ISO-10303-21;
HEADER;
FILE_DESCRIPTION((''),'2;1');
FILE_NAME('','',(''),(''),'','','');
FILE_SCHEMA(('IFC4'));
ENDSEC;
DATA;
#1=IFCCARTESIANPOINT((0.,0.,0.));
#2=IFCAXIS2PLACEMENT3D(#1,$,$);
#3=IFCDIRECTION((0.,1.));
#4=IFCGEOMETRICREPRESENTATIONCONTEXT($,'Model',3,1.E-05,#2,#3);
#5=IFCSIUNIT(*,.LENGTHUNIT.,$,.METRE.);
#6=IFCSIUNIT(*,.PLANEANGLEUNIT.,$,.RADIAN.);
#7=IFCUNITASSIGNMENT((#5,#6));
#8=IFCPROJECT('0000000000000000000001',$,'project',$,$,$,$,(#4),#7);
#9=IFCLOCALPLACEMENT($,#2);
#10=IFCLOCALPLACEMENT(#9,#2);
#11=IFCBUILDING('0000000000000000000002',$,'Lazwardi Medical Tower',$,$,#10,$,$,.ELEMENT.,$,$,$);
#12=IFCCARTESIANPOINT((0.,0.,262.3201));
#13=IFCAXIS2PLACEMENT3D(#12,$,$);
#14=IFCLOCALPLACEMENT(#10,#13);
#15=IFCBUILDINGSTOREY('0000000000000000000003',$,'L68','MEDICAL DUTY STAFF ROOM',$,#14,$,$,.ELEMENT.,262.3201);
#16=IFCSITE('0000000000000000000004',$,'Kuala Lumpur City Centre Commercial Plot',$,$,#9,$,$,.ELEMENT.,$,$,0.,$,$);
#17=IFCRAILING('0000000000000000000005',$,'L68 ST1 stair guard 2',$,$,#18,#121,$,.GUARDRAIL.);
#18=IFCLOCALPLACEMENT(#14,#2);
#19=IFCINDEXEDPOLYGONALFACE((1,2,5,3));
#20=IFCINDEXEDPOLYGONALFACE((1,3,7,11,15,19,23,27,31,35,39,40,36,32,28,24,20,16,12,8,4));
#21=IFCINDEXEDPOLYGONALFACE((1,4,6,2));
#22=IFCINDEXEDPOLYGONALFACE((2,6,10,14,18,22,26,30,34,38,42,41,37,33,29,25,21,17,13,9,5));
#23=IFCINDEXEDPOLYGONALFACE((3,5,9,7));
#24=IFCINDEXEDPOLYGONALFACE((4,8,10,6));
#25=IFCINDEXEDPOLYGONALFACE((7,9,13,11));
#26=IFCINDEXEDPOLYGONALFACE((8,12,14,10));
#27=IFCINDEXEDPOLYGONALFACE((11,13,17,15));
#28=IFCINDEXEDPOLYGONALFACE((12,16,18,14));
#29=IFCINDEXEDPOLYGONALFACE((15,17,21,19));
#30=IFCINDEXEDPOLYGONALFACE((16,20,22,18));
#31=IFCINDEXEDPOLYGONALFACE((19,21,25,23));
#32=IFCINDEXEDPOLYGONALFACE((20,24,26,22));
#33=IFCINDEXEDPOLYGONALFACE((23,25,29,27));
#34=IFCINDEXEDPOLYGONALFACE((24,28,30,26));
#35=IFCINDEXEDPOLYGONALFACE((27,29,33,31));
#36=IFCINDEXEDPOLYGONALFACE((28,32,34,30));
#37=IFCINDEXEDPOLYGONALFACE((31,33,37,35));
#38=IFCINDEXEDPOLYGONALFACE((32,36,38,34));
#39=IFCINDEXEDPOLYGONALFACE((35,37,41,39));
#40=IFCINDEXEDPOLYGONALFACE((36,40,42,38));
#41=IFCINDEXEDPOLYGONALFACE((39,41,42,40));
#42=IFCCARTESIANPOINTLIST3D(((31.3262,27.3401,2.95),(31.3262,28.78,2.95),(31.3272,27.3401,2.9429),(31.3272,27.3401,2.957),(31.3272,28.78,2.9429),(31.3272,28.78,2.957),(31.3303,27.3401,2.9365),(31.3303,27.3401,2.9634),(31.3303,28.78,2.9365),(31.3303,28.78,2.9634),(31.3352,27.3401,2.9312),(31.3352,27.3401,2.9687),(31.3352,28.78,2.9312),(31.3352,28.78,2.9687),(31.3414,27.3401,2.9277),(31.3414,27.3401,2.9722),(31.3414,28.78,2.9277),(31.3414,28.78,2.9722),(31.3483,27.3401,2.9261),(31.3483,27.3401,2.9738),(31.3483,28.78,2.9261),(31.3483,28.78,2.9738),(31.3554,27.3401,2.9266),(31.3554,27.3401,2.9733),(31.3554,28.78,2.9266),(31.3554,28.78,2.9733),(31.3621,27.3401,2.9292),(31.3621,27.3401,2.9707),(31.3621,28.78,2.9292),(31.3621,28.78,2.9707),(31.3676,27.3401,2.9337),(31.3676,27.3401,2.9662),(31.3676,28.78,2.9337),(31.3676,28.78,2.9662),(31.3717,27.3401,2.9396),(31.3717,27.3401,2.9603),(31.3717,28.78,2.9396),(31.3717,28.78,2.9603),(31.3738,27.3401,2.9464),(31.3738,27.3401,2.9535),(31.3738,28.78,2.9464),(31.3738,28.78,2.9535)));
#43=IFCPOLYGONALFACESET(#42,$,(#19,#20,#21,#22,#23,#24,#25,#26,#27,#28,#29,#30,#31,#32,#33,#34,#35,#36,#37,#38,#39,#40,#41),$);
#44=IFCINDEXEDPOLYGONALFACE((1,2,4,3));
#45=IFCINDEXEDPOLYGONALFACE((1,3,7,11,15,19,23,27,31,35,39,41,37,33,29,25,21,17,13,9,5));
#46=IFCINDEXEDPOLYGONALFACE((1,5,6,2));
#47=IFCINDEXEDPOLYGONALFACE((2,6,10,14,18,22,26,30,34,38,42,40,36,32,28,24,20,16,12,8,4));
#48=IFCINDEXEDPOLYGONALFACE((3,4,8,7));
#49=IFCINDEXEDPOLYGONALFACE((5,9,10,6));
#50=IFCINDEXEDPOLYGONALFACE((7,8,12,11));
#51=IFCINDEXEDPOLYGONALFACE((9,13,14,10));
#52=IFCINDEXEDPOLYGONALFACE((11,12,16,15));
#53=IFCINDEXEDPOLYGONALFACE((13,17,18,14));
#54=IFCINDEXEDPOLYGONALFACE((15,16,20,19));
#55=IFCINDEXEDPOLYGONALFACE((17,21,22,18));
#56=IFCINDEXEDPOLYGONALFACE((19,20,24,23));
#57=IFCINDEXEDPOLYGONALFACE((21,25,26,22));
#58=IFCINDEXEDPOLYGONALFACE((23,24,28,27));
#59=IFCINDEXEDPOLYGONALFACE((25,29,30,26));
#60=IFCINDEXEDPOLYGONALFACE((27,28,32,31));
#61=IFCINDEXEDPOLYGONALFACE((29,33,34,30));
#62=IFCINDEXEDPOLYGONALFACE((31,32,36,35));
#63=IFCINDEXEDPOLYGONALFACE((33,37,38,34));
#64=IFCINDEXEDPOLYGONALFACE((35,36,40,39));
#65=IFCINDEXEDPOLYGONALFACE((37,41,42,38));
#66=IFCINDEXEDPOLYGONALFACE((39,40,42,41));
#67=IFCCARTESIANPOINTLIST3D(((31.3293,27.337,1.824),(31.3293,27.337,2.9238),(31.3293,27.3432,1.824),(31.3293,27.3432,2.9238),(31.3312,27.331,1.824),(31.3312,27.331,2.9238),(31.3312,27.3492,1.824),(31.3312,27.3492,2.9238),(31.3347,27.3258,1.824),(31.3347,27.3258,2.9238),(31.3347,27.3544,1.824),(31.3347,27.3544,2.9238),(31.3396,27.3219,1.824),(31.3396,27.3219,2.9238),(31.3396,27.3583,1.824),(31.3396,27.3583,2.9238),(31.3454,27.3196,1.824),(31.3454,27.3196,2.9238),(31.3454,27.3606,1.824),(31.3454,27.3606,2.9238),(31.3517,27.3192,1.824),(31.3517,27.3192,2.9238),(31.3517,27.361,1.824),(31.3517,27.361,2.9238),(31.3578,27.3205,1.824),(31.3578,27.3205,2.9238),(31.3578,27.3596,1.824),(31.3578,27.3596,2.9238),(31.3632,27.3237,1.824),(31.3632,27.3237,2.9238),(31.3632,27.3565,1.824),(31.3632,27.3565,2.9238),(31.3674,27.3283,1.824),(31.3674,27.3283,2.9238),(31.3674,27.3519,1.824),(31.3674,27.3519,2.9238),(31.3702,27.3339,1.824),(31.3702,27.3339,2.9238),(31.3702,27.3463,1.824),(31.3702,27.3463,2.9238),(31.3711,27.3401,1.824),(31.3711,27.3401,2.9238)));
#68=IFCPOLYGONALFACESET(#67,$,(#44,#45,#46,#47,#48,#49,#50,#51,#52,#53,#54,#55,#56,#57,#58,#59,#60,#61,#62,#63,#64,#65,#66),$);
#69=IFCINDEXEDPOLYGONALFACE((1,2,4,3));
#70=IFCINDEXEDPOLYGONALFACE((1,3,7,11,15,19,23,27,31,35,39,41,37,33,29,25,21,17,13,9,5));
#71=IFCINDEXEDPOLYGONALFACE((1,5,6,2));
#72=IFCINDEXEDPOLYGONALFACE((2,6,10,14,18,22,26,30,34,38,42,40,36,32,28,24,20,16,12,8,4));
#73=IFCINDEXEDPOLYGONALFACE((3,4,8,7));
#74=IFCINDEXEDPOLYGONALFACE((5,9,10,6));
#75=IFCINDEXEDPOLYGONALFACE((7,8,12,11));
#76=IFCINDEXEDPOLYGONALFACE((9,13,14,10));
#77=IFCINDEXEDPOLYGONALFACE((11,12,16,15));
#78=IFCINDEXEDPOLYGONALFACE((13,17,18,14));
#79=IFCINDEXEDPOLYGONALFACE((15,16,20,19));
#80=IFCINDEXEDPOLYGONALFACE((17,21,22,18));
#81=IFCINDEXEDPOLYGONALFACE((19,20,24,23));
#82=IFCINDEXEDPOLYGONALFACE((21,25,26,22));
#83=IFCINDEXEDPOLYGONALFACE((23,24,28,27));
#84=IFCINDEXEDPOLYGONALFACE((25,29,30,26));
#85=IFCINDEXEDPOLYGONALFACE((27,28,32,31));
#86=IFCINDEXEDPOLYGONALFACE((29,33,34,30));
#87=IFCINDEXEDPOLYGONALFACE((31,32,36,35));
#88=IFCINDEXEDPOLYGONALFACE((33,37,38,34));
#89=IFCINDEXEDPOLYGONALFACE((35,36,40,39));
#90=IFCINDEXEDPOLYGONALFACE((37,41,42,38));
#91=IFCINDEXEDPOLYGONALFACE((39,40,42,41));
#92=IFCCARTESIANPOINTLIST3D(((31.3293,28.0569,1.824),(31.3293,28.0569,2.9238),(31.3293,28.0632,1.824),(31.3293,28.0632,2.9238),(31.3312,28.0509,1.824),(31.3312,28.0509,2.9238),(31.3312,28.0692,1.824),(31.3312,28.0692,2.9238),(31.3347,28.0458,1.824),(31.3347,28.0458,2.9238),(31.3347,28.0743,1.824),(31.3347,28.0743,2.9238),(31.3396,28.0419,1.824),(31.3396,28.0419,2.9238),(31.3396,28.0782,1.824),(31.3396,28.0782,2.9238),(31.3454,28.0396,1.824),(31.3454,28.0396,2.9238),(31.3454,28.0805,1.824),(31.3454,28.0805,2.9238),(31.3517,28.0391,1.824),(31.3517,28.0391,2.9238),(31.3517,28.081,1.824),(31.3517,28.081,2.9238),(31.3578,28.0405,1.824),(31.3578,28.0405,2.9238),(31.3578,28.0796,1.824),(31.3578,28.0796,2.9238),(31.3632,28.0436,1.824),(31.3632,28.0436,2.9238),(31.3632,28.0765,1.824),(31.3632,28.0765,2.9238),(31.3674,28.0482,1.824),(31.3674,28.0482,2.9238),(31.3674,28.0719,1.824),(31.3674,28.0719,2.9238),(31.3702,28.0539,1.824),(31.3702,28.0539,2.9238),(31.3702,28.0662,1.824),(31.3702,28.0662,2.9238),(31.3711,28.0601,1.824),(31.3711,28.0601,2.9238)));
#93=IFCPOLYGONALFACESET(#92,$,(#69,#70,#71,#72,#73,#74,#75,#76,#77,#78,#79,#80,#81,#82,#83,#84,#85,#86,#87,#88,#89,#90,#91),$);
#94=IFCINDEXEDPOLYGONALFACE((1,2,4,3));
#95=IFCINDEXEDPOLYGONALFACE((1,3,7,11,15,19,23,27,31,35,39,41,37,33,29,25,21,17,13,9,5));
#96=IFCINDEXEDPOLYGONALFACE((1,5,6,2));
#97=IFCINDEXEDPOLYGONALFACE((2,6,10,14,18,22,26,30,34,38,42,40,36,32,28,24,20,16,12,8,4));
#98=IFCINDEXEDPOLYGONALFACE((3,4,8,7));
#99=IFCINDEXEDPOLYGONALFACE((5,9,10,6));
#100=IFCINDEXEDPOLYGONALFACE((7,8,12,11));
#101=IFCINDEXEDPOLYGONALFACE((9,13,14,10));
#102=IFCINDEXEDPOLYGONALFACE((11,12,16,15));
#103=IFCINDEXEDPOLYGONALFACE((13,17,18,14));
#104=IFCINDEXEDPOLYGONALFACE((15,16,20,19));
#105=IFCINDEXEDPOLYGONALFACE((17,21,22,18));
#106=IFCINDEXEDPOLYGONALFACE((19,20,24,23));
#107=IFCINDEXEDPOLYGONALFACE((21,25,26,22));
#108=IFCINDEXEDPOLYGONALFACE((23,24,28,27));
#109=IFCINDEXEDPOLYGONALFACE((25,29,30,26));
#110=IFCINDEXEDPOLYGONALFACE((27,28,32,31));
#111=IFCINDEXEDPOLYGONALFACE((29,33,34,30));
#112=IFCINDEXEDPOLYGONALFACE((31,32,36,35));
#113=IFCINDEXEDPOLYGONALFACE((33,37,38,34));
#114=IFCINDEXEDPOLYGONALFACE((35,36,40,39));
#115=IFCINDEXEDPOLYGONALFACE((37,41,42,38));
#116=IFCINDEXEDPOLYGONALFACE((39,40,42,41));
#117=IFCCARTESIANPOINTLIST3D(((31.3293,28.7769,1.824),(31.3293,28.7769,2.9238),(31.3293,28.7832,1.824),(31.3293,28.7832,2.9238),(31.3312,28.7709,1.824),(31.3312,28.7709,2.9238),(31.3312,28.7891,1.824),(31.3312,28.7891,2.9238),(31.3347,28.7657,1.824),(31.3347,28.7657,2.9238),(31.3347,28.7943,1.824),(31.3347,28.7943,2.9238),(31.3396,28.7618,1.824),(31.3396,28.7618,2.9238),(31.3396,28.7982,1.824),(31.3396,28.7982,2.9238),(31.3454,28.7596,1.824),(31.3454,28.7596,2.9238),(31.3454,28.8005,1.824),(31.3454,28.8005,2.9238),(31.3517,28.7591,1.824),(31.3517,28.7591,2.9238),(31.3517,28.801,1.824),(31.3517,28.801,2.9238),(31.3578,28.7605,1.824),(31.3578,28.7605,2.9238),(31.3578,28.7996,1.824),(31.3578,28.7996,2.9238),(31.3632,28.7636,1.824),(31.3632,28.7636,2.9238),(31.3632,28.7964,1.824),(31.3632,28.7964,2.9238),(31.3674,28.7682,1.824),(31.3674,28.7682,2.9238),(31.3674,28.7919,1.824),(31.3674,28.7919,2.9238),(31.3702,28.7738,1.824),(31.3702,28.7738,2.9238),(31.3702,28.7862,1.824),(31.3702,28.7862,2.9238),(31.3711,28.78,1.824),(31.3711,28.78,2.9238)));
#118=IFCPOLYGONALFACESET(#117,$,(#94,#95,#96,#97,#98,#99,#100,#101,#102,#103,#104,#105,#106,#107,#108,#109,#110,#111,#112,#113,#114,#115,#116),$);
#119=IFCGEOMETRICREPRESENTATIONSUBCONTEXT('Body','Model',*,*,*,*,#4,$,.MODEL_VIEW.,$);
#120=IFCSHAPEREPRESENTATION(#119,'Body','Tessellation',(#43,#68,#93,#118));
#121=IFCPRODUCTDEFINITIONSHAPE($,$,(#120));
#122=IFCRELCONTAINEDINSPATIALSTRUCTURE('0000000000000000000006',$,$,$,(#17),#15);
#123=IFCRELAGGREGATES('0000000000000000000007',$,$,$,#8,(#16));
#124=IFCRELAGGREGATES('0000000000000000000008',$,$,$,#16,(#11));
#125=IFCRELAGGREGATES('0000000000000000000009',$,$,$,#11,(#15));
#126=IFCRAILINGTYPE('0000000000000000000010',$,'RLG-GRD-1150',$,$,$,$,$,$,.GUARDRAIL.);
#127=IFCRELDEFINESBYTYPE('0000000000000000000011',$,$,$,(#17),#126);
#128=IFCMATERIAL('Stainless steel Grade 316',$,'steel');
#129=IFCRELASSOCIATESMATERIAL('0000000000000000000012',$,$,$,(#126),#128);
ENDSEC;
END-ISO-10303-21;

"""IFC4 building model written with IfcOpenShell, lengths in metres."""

from ifc_helpers import new_model, si_unit, direction, frame, origin, origin_2d, place, context, subcontext, project, spatial, circle, extrude, material, type_object, element, save


model = new_model("IFC4")

# Units and contexts
model_context = context("Model", 3, precision=1e-05, world=origin(), true_north=direction((0.0, 1.0)))
body_context = subcontext(model_context, "Body", "Model", "MODEL_VIEW")
ifc_project = project(units=[si_unit("LENGTHUNIT", "METRE"), si_unit("PLANEANGLEUNIT", "RADIAN")], contexts=[model_context])

# Site, building, storey
site_placement = place(None, origin())
site = spatial("IfcSite", under=ifc_project, at=site_placement, Name="Kuala Lumpur City Centre Commercial Plot", CompositionType="ELEMENT", RefElevation=0.0)
building_placement = place(site_placement, origin())
building = spatial("IfcBuilding", under=site, at=building_placement, Name="Lazwardi Medical Tower", CompositionType="ELEMENT")
storey_placement = place(building_placement, frame((0.0, 0.0, 262.3201)))
storey = spatial("IfcBuildingStorey", under=building, at=storey_placement, Name="L68", Description="MEDICAL DUTY STAFF ROOM", CompositionType="ELEMENT", Elevation=262.3201)

# Railing
ifc_material_1 = material(Name="Stainless steel Grade 316", Category="steel")
railing_type_1 = type_object("IfcRailingType", Name="RLG-GRD-1150", PredefinedType="GUARDRAIL", material=ifc_material_1)
railing_1_placement = place(storey_placement, frame((31.3501, 27.3401, 1.824)))
element("IfcRailing", 1, at=railing_1_placement, inside=storey, type_object=railing_type_1, Name="L68 ST1 stair guard 2", PredefinedType="GUARDRAIL", context=body_context, shape_type="SweptSolid", body=[
    extrude(circle(Radius=0.0239, at=origin_2d()), frame((0.0, 0.0, 1.126), z_axis=(0.0, 1.0, 0.0), x_axis=(-1.0, 0.0, 0.0)), (0.0, 0.0, 1.0), 1.4399),
    extrude(circle(Radius=0.021, at=origin_2d()), origin(), (0.0, 0.0, 1.0), 1.0999),
    extrude(circle(Radius=0.021, at=origin_2d()), frame((0.0, 0.72, 0.0)), (0.0, 0.0, 1.0), 1.0999),
    extrude(circle(Radius=0.021, at=origin_2d()), frame((0.0, 1.4399, 0.0)), (0.0, 0.0, 1.0), 1.0999),
])

save(model, "model.ifc")
